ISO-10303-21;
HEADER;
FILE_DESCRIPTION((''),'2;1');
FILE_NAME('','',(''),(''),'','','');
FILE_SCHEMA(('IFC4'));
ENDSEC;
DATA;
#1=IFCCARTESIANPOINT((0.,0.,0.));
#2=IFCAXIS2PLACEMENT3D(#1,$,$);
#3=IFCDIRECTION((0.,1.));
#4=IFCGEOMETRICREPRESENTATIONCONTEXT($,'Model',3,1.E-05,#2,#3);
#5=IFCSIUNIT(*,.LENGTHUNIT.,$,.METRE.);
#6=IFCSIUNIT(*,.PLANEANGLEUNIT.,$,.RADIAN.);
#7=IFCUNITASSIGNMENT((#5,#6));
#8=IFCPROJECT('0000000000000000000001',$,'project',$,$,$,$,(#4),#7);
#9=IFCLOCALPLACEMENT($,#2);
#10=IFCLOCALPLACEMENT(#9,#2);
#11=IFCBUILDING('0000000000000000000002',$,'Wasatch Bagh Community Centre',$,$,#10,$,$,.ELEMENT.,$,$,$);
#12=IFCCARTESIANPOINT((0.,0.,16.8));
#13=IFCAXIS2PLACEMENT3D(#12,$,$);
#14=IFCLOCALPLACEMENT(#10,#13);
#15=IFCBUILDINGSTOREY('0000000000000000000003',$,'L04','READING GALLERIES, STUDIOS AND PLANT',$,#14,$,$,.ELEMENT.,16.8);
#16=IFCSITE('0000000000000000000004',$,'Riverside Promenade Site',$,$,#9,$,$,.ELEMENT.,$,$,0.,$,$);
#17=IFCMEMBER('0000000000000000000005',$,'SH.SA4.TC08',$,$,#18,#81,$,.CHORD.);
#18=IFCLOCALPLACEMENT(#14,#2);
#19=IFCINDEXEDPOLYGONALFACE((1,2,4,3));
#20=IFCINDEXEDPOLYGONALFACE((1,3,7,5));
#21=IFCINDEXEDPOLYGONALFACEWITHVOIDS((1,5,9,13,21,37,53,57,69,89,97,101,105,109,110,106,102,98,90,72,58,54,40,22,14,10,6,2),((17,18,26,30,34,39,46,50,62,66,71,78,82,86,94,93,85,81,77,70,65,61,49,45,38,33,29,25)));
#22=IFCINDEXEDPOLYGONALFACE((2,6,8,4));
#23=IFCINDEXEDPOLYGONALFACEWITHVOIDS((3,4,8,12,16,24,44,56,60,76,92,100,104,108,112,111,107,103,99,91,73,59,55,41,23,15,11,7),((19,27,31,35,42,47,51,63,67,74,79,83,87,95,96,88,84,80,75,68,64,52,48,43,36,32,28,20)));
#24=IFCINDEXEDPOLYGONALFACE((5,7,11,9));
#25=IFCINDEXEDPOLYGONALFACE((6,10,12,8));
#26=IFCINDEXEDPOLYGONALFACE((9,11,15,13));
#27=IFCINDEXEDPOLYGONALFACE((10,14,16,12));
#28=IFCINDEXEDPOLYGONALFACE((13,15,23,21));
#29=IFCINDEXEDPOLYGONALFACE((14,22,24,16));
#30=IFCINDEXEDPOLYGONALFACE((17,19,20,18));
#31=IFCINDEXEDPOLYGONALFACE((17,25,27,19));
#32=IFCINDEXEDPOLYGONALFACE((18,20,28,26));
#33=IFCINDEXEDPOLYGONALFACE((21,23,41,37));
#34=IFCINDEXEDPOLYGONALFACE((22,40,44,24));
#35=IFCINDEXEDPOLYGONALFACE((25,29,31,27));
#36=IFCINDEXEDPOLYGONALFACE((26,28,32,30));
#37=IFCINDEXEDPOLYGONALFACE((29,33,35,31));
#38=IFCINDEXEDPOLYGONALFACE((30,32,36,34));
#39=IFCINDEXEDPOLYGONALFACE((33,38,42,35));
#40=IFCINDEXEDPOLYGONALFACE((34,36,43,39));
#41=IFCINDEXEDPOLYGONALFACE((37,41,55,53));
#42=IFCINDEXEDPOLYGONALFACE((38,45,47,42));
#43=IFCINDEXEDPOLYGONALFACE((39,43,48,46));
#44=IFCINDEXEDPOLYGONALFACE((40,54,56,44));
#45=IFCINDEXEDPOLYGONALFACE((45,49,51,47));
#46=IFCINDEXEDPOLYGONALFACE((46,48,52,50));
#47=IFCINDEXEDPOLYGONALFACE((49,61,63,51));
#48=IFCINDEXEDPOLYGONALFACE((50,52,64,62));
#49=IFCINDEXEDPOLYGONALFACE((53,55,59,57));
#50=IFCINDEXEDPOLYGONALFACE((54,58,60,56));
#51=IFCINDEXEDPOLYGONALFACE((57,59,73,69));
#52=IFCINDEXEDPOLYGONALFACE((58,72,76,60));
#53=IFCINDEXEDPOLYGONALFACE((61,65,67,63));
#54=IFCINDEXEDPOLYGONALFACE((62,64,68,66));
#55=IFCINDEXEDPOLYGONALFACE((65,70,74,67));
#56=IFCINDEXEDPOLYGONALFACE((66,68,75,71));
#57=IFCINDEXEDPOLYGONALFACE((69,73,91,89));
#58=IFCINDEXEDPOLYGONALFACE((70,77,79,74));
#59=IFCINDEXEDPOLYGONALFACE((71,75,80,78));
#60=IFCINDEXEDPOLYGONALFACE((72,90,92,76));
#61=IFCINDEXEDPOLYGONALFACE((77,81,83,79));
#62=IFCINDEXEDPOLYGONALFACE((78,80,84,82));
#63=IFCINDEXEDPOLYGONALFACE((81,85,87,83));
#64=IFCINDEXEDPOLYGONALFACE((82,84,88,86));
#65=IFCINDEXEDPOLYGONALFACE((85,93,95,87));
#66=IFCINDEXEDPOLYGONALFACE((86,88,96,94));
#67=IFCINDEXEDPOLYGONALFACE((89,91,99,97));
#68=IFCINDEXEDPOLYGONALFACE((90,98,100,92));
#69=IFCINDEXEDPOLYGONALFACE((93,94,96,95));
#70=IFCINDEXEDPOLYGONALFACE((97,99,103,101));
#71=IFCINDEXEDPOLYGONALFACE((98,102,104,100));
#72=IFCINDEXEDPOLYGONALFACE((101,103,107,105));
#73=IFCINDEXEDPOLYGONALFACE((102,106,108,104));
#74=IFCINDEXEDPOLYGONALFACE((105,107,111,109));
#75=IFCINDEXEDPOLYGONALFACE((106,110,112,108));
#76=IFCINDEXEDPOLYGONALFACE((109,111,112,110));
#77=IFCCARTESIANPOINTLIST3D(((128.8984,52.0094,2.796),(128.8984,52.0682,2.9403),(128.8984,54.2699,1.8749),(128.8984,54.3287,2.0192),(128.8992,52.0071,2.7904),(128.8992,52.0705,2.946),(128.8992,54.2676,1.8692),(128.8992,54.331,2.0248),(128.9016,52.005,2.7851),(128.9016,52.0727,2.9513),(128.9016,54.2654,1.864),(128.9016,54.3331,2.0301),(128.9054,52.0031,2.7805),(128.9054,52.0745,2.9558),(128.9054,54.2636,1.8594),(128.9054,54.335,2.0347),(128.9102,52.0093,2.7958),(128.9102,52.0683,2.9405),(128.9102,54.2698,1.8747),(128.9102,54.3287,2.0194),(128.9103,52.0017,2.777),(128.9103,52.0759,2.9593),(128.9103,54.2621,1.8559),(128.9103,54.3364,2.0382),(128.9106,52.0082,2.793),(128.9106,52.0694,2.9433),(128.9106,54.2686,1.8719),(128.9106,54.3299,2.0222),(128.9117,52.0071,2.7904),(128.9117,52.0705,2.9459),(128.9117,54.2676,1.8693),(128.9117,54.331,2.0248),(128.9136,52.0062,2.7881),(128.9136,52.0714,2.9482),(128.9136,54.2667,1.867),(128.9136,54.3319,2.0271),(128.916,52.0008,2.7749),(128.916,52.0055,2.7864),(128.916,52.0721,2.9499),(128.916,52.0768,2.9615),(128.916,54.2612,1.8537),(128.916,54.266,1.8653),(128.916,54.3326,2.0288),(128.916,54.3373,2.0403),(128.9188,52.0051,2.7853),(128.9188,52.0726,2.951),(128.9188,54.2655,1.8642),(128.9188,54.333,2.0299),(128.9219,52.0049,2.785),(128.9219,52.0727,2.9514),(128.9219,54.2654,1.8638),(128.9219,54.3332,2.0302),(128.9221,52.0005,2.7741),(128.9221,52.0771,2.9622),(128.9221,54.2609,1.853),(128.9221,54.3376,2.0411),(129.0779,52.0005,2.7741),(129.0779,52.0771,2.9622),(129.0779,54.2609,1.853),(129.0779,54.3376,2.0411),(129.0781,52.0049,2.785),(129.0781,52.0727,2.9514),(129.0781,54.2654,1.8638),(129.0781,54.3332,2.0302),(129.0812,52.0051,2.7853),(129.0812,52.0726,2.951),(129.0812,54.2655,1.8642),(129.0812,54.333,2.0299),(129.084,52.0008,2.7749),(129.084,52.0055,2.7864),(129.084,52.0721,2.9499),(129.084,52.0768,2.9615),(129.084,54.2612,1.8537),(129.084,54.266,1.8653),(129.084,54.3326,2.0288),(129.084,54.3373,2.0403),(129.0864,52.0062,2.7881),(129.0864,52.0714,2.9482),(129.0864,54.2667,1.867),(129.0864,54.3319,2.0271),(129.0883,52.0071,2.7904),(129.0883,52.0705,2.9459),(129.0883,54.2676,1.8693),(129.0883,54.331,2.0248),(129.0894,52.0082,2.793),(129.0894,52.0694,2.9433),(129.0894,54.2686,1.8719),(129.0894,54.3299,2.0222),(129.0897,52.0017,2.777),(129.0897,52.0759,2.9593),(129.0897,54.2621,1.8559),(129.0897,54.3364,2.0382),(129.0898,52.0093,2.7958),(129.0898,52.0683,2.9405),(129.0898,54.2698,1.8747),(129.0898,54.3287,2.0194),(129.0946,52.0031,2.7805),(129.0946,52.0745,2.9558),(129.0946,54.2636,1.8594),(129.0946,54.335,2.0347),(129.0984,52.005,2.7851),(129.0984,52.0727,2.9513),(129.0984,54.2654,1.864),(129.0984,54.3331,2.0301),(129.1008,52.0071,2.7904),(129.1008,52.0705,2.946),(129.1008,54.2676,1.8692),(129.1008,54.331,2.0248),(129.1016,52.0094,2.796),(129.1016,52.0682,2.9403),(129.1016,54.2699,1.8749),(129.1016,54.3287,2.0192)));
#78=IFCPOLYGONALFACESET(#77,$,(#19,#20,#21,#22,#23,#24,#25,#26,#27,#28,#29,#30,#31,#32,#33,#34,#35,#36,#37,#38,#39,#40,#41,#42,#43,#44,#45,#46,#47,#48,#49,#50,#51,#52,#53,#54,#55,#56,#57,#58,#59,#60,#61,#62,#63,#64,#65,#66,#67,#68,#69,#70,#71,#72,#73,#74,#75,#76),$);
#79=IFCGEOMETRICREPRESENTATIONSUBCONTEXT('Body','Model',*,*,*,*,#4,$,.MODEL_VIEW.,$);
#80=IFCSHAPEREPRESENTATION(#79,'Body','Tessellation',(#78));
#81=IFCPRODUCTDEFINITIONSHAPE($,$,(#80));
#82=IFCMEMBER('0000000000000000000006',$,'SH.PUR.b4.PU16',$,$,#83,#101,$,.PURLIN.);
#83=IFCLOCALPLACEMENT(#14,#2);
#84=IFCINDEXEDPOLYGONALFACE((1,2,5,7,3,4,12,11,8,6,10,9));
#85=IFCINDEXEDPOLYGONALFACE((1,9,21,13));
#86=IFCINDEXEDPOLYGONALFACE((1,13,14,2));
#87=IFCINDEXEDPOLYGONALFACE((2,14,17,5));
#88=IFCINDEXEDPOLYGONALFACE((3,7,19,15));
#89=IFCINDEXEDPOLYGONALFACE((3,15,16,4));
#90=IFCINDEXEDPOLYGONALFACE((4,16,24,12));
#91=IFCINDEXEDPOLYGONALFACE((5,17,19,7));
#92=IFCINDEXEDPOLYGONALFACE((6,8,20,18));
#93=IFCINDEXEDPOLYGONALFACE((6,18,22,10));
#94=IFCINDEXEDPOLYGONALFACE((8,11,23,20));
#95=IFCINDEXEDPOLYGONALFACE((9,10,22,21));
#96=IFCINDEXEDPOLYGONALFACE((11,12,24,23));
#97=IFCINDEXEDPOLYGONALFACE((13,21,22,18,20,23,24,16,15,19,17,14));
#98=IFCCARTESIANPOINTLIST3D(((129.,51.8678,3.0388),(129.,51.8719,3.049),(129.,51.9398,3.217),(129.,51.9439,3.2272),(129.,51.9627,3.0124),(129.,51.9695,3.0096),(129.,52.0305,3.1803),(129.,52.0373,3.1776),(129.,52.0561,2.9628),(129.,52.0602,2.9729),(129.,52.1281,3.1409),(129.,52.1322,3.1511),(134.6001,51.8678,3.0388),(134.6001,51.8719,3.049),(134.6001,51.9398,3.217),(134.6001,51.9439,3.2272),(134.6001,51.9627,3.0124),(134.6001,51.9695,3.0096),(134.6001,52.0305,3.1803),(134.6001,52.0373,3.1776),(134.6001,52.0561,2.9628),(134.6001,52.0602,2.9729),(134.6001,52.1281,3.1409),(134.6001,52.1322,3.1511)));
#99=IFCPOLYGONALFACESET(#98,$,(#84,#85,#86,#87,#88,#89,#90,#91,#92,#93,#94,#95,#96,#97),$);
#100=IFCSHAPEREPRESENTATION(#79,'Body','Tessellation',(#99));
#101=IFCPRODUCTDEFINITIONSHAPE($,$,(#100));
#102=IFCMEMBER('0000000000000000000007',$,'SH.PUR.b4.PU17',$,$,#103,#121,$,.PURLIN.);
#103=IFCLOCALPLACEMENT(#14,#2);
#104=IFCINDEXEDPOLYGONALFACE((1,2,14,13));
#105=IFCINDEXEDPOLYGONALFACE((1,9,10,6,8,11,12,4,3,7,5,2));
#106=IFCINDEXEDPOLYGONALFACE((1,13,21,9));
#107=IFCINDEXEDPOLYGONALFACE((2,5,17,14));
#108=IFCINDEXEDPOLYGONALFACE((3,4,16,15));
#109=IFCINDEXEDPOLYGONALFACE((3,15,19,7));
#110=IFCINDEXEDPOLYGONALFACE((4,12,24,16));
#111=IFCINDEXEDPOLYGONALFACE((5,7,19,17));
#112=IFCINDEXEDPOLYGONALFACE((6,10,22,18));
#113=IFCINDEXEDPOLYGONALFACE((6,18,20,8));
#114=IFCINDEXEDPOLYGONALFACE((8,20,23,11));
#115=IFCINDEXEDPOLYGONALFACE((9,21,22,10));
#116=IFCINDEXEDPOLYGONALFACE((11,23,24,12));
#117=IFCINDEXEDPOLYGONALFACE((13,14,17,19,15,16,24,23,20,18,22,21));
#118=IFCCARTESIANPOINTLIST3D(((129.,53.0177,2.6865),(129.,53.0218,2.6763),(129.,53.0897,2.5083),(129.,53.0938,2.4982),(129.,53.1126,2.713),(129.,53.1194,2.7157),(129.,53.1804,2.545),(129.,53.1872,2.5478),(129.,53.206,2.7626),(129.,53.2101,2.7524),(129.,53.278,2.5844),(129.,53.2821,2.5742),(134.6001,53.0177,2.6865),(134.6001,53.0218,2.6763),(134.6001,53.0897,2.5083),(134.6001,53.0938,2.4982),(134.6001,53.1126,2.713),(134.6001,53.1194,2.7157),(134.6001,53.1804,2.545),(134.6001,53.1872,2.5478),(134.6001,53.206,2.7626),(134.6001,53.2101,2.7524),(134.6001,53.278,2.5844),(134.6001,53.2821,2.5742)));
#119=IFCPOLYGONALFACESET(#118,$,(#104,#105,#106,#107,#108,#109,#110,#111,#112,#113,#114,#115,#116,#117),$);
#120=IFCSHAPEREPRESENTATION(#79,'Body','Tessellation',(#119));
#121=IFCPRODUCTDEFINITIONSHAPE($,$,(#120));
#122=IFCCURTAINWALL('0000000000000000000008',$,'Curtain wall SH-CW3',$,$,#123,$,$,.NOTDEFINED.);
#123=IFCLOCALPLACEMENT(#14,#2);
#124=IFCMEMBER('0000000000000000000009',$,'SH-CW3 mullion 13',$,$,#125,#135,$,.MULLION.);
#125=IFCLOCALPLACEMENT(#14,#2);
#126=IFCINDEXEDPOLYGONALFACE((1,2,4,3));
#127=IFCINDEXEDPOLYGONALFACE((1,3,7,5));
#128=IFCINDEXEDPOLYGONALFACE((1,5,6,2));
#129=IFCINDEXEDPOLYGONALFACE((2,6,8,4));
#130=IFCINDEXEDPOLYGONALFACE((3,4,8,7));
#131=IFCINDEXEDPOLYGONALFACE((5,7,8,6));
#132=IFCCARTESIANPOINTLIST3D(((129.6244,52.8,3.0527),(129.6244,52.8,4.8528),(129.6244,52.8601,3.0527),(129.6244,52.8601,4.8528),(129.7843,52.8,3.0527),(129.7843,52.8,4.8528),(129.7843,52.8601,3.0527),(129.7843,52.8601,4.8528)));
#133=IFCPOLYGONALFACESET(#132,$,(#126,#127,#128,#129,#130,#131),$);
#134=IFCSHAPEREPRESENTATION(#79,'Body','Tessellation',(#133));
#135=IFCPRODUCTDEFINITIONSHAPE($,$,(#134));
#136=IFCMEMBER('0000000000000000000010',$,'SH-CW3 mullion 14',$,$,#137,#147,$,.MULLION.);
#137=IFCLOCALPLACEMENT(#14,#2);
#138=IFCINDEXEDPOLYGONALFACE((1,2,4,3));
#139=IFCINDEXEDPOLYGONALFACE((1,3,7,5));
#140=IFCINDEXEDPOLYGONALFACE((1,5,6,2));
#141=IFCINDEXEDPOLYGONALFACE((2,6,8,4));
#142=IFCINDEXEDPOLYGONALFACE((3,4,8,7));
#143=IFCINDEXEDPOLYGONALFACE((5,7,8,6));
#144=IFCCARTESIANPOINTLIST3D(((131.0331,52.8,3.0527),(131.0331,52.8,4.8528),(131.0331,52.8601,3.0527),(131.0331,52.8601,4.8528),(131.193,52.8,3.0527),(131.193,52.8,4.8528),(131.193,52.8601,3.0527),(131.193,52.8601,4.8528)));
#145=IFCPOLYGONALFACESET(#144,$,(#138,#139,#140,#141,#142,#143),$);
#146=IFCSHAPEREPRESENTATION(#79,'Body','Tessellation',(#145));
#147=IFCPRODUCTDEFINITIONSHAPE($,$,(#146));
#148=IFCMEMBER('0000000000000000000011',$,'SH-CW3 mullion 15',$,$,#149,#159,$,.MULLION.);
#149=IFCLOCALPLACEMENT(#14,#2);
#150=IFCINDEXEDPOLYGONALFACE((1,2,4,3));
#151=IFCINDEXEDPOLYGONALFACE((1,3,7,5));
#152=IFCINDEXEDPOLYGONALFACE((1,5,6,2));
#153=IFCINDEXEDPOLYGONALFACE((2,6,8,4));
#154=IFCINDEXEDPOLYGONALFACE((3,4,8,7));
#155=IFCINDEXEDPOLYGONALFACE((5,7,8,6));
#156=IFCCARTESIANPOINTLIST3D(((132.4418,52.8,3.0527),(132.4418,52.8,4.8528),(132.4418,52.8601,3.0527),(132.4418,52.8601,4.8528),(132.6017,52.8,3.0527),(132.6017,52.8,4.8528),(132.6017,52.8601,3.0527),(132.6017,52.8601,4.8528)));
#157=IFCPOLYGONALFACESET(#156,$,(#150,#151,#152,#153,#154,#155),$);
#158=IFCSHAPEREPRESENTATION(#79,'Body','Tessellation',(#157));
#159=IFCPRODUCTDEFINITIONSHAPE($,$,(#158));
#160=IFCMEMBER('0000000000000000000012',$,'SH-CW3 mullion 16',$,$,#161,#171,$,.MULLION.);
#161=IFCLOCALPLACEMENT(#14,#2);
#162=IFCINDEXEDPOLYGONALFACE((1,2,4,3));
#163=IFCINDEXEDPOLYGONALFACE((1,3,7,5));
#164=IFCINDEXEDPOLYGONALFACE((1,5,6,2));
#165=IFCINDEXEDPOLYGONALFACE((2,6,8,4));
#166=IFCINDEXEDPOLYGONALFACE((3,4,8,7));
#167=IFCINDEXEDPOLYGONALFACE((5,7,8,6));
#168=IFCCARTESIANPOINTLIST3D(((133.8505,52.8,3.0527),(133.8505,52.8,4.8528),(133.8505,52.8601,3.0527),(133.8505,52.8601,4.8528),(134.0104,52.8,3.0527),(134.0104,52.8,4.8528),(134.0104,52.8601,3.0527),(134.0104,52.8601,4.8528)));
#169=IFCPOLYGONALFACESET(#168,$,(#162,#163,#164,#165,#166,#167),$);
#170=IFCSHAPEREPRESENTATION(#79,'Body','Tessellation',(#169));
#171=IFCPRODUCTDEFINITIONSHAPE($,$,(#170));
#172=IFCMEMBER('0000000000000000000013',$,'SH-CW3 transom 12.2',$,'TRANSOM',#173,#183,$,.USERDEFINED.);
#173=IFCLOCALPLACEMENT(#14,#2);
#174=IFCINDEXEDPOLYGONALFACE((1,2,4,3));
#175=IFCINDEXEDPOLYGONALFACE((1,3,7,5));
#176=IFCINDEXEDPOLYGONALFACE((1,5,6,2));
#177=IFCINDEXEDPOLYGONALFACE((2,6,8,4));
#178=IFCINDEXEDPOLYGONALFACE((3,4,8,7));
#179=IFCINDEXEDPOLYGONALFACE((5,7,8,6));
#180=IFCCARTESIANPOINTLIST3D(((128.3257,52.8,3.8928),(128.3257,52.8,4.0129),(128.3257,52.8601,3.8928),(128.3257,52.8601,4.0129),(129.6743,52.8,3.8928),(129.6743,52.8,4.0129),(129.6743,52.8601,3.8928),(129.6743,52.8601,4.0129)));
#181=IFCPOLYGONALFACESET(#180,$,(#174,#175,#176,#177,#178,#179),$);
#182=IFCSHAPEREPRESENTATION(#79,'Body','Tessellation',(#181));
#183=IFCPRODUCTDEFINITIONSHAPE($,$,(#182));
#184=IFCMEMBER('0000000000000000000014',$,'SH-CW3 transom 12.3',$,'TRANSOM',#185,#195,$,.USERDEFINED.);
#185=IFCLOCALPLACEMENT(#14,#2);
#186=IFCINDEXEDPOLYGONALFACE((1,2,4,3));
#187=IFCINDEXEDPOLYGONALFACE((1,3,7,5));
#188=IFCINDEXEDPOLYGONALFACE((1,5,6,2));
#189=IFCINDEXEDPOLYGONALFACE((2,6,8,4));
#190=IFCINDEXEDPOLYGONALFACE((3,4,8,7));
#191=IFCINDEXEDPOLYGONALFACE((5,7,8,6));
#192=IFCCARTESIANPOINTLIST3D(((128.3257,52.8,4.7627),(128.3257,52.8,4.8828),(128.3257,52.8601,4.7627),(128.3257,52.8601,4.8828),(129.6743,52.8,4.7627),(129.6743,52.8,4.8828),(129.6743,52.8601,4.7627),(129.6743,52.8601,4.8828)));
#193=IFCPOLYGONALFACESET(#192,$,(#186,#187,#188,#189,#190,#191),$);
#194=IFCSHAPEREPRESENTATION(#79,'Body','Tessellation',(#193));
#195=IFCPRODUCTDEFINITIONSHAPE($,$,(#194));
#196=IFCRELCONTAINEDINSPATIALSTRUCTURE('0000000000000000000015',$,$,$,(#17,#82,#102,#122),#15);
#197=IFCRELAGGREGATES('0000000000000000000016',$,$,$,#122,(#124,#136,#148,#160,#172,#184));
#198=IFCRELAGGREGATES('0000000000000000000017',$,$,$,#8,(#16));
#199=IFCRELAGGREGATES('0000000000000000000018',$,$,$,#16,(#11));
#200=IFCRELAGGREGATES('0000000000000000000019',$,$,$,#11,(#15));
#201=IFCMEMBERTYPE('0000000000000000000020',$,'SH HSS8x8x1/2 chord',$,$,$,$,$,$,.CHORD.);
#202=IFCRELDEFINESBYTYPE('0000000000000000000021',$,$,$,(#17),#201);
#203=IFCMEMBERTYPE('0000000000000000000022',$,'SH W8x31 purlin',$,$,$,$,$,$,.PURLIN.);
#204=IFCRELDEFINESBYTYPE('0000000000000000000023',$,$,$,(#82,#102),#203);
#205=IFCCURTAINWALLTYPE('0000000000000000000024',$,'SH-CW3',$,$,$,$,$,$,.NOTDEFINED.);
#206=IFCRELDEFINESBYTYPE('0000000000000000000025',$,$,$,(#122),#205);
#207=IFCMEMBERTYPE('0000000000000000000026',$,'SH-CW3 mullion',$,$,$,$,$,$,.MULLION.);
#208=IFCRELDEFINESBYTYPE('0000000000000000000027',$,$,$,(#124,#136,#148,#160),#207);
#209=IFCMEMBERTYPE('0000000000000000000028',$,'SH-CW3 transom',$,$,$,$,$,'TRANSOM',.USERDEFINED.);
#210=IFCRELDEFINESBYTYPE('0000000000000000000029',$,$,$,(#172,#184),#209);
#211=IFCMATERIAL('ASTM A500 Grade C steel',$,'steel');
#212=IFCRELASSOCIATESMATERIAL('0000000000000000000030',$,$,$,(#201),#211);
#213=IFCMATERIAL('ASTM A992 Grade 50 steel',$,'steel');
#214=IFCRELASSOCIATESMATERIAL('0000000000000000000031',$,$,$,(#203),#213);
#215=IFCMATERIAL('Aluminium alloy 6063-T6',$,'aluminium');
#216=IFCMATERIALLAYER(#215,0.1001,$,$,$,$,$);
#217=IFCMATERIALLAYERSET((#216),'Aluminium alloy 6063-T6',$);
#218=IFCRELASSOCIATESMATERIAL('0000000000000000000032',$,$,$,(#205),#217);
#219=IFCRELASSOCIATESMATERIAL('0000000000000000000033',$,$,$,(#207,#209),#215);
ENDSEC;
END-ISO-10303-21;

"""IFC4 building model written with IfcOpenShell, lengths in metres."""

from ifc_helpers import new_model, si_unit, direction, frame, origin, origin_2d, place, context, subcontext, project, spatial, rectangle, hollow_rectangle, i_section, extrude, material, layer, layer_set, material_profile, profile_set, type_object, element, aggregate, save


model = new_model("IFC4")

# Units and contexts
model_context = context("Model", 3, precision=1e-05, world=origin(), true_north=direction((0.0, 1.0)))
body_context = subcontext(model_context, "Body", "Model", "MODEL_VIEW")
ifc_project = project(units=[si_unit("LENGTHUNIT", "METRE"), si_unit("PLANEANGLEUNIT", "RADIAN")], contexts=[model_context])

# Site, building, storey
site_placement = place(None, origin())
site = spatial("IfcSite", under=ifc_project, at=site_placement, Name="Riverside Promenade Site", CompositionType="ELEMENT", RefElevation=0.0)
building_placement = place(site_placement, origin())
building = spatial("IfcBuilding", under=site, at=building_placement, Name="Wasatch Bagh Community Centre", CompositionType="ELEMENT")
storey_placement = place(building_placement, frame((0.0, 0.0, 16.8)))
storey = spatial("IfcBuildingStorey", under=building, at=storey_placement, Name="L04", Description="READING GALLERIES, STUDIOS AND PLANT", CompositionType="ELEMENT", Elevation=16.8)

# Members
ifc_material_1 = material(Name="ASTM A500 Grade C steel", Category="steel")
ifc_material_profile_1 = material_profile(ifc_material_1, hollow_rectangle(XDim=0.2031, YDim=0.2031, WallThickness=0.0117, InnerFilletRadius=0.0117, OuterFilletRadius=0.0237, at=origin_2d()), Name="HSS8x8x1/2")
ifc_profile_set_1 = profile_set([ifc_material_profile_1], Name="ASTM A500 Grade C steel")
member_type_1 = type_object("IfcMemberType", Name="SH HSS8x8x1/2 chord", PredefinedType="CHORD", material=ifc_profile_set_1)
member_1_placement = place(storey_placement, frame((129.0, 52.0388, 2.8682), z_axis=(0.0, 0.926064, -0.377367), x_axis=(-1.0, 0.0, 0.0)))
element("IfcMember", 1, at=member_1_placement, inside=storey, type_object=member_type_1, Name="SH.SA4.TC08", PredefinedType="CHORD", context=body_context, shape_type="SweptSolid", body=[
    extrude(hollow_rectangle(XDim=0.2031, YDim=0.2031, WallThickness=0.0117, InnerFilletRadius=0.0117, OuterFilletRadius=0.0237, at=origin_2d()), origin(), (0.0, 0.0, 1.0), 2.4409),
])
ifc_material_2 = material(Name="ASTM A992 Grade 50 steel", Category="steel")
ifc_material_profile_2 = material_profile(ifc_material_2, i_section(OverallWidth=0.2031, OverallDepth=0.2031, WebThickness=0.0073, FlangeThickness=0.011, at=origin_2d()), Name="W8x31")
ifc_profile_set_2 = profile_set([ifc_material_profile_2], Name="ASTM A992 Grade 50 steel")
member_type_2 = type_object("IfcMemberType", Name="SH W8x31 purlin", PredefinedType="PURLIN", material=ifc_profile_set_2)
for number, where, z_axis, x_axis, name in (
    (2, (129.0, 52.0, 3.095), (1.0, 0.0, 0.0), (0.0, 0.927184, -0.374607), "SH.PUR.b4.PU16"),
    (3, (129.0, 53.1499, 2.6304), (1.0, 0.0, 0.0), (0.0, 0.927184, 0.374607), "SH.PUR.b4.PU17"),
):
    element("IfcMember", number, at=place(storey_placement, frame(where, z_axis=z_axis, x_axis=x_axis)), inside=storey, type_object=member_type_2, Name=name, PredefinedType="PURLIN", context=body_context, shape_type="SweptSolid", body=[
        extrude(i_section(OverallWidth=0.2031, OverallDepth=0.2031, WebThickness=0.0073, FlangeThickness=0.011, at=origin_2d()), origin(), (0.0, 0.0, 1.0), 5.6001),
    ])

# Curtain wall, members
ifc_material_3 = material(Name="Aluminium alloy 6063-T6", Category="aluminium")
ifc_layer_1 = layer(ifc_material_3, 0.1001)
ifc_layer_set_1 = layer_set([ifc_layer_1], Name="Aluminium alloy 6063-T6")
curtain_wall_type = type_object("IfcCurtainWallType", Name="SH-CW3", PredefinedType="NOTDEFINED", material=ifc_layer_set_1)
curtain_wall_placement = place(storey_placement, origin())
curtain_wall = element("IfcCurtainWall", 4, at=curtain_wall_placement, inside=storey, type_object=curtain_wall_type, Name="Curtain wall SH-CW3", PredefinedType="NOTDEFINED")
ifc_material_profile_3 = material_profile(ifc_material_3, rectangle(XDim=0.0601, YDim=0.1599, at=origin_2d()), Name="AL 60x160")
ifc_profile_set_3 = profile_set([ifc_material_profile_3], Name="Aluminium alloy 6063-T6")
member_type_3 = type_object("IfcMemberType", Name="SH-CW3 mullion", PredefinedType="MULLION", material=ifc_profile_set_3)
member_2_placement = place(storey_placement, frame((129.7043, 52.8301, 3.0527), z_axis=(0.0, 0.0, 1.0), x_axis=(0.0, 1.0, 0.0)))
member_2 = element("IfcMember", 5, at=member_2_placement, type_object=member_type_3, Name="SH-CW3 mullion 13", PredefinedType="MULLION", context=body_context, shape_type="SweptSolid", body=[
    extrude(rectangle(XDim=0.0601, YDim=0.1599, at=origin_2d()), origin(), (0.0, 0.0, 1.0), 1.8),
])
member_3_placement = place(storey_placement, frame((131.113, 52.8301, 3.0527), z_axis=(0.0, 0.0, 1.0), x_axis=(0.0, 1.0, 0.0)))
member_3 = element("IfcMember", 6, at=member_3_placement, type_object=member_type_3, Name="SH-CW3 mullion 14", PredefinedType="MULLION", context=body_context, shape_type="SweptSolid", body=[
    extrude(rectangle(XDim=0.0601, YDim=0.1599, at=origin_2d()), origin(), (0.0, 0.0, 1.0), 1.8),
])
member_4_placement = place(storey_placement, frame((132.5217, 52.8301, 3.0527), z_axis=(0.0, 0.0, 1.0), x_axis=(0.0, 1.0, 0.0)))
member_4 = element("IfcMember", 7, at=member_4_placement, type_object=member_type_3, Name="SH-CW3 mullion 15", PredefinedType="MULLION", context=body_context, shape_type="SweptSolid", body=[
    extrude(rectangle(XDim=0.0601, YDim=0.1599, at=origin_2d()), origin(), (0.0, 0.0, 1.0), 1.8),
])
member_5_placement = place(storey_placement, frame((133.9304, 52.8301, 3.0527), z_axis=(0.0, 0.0, 1.0), x_axis=(0.0, 1.0, 0.0)))
member_5 = element("IfcMember", 8, at=member_5_placement, type_object=member_type_3, Name="SH-CW3 mullion 16", PredefinedType="MULLION", context=body_context, shape_type="SweptSolid", body=[
    extrude(rectangle(XDim=0.0601, YDim=0.1599, at=origin_2d()), origin(), (0.0, 0.0, 1.0), 1.8),
])
ifc_material_profile_4 = material_profile(ifc_material_3, rectangle(XDim=0.0601, YDim=0.1201, at=origin_2d()), Name="AL 60x120")
ifc_profile_set_4 = profile_set([ifc_material_profile_4], Name="Aluminium alloy 6063-T6")
member_type_4 = type_object("IfcMemberType", Name="SH-CW3 transom", ElementType="TRANSOM", PredefinedType="USERDEFINED", material=ifc_profile_set_4)
member_6_placement = place(storey_placement, frame((128.3257, 52.8301, 3.9529), z_axis=(1.0, 0.0, 0.0), x_axis=(0.0, 1.0, 0.0)))
member_6 = element("IfcMember", 9, at=member_6_placement, type_object=member_type_4, Name="SH-CW3 transom 12.2", ObjectType="TRANSOM", PredefinedType="USERDEFINED", context=body_context, shape_type="SweptSolid", body=[
    extrude(rectangle(XDim=0.0601, YDim=0.1201, at=origin_2d()), origin(), (0.0, 0.0, 1.0), 1.3486),
])
member_7_placement = place(storey_placement, frame((128.3257, 52.8301, 4.8228), z_axis=(1.0, 0.0, 0.0), x_axis=(0.0, 1.0, 0.0)))
member_7 = element("IfcMember", 10, at=member_7_placement, type_object=member_type_4, Name="SH-CW3 transom 12.3", ObjectType="TRANSOM", PredefinedType="USERDEFINED", context=body_context, shape_type="SweptSolid", body=[
    extrude(rectangle(XDim=0.0601, YDim=0.1201, at=origin_2d()), origin(), (0.0, 0.0, 1.0), 1.3486),
])
aggregate(curtain_wall, [member_2, member_3, member_4, member_5, member_6, member_7])

save(model, "model.ifc")
